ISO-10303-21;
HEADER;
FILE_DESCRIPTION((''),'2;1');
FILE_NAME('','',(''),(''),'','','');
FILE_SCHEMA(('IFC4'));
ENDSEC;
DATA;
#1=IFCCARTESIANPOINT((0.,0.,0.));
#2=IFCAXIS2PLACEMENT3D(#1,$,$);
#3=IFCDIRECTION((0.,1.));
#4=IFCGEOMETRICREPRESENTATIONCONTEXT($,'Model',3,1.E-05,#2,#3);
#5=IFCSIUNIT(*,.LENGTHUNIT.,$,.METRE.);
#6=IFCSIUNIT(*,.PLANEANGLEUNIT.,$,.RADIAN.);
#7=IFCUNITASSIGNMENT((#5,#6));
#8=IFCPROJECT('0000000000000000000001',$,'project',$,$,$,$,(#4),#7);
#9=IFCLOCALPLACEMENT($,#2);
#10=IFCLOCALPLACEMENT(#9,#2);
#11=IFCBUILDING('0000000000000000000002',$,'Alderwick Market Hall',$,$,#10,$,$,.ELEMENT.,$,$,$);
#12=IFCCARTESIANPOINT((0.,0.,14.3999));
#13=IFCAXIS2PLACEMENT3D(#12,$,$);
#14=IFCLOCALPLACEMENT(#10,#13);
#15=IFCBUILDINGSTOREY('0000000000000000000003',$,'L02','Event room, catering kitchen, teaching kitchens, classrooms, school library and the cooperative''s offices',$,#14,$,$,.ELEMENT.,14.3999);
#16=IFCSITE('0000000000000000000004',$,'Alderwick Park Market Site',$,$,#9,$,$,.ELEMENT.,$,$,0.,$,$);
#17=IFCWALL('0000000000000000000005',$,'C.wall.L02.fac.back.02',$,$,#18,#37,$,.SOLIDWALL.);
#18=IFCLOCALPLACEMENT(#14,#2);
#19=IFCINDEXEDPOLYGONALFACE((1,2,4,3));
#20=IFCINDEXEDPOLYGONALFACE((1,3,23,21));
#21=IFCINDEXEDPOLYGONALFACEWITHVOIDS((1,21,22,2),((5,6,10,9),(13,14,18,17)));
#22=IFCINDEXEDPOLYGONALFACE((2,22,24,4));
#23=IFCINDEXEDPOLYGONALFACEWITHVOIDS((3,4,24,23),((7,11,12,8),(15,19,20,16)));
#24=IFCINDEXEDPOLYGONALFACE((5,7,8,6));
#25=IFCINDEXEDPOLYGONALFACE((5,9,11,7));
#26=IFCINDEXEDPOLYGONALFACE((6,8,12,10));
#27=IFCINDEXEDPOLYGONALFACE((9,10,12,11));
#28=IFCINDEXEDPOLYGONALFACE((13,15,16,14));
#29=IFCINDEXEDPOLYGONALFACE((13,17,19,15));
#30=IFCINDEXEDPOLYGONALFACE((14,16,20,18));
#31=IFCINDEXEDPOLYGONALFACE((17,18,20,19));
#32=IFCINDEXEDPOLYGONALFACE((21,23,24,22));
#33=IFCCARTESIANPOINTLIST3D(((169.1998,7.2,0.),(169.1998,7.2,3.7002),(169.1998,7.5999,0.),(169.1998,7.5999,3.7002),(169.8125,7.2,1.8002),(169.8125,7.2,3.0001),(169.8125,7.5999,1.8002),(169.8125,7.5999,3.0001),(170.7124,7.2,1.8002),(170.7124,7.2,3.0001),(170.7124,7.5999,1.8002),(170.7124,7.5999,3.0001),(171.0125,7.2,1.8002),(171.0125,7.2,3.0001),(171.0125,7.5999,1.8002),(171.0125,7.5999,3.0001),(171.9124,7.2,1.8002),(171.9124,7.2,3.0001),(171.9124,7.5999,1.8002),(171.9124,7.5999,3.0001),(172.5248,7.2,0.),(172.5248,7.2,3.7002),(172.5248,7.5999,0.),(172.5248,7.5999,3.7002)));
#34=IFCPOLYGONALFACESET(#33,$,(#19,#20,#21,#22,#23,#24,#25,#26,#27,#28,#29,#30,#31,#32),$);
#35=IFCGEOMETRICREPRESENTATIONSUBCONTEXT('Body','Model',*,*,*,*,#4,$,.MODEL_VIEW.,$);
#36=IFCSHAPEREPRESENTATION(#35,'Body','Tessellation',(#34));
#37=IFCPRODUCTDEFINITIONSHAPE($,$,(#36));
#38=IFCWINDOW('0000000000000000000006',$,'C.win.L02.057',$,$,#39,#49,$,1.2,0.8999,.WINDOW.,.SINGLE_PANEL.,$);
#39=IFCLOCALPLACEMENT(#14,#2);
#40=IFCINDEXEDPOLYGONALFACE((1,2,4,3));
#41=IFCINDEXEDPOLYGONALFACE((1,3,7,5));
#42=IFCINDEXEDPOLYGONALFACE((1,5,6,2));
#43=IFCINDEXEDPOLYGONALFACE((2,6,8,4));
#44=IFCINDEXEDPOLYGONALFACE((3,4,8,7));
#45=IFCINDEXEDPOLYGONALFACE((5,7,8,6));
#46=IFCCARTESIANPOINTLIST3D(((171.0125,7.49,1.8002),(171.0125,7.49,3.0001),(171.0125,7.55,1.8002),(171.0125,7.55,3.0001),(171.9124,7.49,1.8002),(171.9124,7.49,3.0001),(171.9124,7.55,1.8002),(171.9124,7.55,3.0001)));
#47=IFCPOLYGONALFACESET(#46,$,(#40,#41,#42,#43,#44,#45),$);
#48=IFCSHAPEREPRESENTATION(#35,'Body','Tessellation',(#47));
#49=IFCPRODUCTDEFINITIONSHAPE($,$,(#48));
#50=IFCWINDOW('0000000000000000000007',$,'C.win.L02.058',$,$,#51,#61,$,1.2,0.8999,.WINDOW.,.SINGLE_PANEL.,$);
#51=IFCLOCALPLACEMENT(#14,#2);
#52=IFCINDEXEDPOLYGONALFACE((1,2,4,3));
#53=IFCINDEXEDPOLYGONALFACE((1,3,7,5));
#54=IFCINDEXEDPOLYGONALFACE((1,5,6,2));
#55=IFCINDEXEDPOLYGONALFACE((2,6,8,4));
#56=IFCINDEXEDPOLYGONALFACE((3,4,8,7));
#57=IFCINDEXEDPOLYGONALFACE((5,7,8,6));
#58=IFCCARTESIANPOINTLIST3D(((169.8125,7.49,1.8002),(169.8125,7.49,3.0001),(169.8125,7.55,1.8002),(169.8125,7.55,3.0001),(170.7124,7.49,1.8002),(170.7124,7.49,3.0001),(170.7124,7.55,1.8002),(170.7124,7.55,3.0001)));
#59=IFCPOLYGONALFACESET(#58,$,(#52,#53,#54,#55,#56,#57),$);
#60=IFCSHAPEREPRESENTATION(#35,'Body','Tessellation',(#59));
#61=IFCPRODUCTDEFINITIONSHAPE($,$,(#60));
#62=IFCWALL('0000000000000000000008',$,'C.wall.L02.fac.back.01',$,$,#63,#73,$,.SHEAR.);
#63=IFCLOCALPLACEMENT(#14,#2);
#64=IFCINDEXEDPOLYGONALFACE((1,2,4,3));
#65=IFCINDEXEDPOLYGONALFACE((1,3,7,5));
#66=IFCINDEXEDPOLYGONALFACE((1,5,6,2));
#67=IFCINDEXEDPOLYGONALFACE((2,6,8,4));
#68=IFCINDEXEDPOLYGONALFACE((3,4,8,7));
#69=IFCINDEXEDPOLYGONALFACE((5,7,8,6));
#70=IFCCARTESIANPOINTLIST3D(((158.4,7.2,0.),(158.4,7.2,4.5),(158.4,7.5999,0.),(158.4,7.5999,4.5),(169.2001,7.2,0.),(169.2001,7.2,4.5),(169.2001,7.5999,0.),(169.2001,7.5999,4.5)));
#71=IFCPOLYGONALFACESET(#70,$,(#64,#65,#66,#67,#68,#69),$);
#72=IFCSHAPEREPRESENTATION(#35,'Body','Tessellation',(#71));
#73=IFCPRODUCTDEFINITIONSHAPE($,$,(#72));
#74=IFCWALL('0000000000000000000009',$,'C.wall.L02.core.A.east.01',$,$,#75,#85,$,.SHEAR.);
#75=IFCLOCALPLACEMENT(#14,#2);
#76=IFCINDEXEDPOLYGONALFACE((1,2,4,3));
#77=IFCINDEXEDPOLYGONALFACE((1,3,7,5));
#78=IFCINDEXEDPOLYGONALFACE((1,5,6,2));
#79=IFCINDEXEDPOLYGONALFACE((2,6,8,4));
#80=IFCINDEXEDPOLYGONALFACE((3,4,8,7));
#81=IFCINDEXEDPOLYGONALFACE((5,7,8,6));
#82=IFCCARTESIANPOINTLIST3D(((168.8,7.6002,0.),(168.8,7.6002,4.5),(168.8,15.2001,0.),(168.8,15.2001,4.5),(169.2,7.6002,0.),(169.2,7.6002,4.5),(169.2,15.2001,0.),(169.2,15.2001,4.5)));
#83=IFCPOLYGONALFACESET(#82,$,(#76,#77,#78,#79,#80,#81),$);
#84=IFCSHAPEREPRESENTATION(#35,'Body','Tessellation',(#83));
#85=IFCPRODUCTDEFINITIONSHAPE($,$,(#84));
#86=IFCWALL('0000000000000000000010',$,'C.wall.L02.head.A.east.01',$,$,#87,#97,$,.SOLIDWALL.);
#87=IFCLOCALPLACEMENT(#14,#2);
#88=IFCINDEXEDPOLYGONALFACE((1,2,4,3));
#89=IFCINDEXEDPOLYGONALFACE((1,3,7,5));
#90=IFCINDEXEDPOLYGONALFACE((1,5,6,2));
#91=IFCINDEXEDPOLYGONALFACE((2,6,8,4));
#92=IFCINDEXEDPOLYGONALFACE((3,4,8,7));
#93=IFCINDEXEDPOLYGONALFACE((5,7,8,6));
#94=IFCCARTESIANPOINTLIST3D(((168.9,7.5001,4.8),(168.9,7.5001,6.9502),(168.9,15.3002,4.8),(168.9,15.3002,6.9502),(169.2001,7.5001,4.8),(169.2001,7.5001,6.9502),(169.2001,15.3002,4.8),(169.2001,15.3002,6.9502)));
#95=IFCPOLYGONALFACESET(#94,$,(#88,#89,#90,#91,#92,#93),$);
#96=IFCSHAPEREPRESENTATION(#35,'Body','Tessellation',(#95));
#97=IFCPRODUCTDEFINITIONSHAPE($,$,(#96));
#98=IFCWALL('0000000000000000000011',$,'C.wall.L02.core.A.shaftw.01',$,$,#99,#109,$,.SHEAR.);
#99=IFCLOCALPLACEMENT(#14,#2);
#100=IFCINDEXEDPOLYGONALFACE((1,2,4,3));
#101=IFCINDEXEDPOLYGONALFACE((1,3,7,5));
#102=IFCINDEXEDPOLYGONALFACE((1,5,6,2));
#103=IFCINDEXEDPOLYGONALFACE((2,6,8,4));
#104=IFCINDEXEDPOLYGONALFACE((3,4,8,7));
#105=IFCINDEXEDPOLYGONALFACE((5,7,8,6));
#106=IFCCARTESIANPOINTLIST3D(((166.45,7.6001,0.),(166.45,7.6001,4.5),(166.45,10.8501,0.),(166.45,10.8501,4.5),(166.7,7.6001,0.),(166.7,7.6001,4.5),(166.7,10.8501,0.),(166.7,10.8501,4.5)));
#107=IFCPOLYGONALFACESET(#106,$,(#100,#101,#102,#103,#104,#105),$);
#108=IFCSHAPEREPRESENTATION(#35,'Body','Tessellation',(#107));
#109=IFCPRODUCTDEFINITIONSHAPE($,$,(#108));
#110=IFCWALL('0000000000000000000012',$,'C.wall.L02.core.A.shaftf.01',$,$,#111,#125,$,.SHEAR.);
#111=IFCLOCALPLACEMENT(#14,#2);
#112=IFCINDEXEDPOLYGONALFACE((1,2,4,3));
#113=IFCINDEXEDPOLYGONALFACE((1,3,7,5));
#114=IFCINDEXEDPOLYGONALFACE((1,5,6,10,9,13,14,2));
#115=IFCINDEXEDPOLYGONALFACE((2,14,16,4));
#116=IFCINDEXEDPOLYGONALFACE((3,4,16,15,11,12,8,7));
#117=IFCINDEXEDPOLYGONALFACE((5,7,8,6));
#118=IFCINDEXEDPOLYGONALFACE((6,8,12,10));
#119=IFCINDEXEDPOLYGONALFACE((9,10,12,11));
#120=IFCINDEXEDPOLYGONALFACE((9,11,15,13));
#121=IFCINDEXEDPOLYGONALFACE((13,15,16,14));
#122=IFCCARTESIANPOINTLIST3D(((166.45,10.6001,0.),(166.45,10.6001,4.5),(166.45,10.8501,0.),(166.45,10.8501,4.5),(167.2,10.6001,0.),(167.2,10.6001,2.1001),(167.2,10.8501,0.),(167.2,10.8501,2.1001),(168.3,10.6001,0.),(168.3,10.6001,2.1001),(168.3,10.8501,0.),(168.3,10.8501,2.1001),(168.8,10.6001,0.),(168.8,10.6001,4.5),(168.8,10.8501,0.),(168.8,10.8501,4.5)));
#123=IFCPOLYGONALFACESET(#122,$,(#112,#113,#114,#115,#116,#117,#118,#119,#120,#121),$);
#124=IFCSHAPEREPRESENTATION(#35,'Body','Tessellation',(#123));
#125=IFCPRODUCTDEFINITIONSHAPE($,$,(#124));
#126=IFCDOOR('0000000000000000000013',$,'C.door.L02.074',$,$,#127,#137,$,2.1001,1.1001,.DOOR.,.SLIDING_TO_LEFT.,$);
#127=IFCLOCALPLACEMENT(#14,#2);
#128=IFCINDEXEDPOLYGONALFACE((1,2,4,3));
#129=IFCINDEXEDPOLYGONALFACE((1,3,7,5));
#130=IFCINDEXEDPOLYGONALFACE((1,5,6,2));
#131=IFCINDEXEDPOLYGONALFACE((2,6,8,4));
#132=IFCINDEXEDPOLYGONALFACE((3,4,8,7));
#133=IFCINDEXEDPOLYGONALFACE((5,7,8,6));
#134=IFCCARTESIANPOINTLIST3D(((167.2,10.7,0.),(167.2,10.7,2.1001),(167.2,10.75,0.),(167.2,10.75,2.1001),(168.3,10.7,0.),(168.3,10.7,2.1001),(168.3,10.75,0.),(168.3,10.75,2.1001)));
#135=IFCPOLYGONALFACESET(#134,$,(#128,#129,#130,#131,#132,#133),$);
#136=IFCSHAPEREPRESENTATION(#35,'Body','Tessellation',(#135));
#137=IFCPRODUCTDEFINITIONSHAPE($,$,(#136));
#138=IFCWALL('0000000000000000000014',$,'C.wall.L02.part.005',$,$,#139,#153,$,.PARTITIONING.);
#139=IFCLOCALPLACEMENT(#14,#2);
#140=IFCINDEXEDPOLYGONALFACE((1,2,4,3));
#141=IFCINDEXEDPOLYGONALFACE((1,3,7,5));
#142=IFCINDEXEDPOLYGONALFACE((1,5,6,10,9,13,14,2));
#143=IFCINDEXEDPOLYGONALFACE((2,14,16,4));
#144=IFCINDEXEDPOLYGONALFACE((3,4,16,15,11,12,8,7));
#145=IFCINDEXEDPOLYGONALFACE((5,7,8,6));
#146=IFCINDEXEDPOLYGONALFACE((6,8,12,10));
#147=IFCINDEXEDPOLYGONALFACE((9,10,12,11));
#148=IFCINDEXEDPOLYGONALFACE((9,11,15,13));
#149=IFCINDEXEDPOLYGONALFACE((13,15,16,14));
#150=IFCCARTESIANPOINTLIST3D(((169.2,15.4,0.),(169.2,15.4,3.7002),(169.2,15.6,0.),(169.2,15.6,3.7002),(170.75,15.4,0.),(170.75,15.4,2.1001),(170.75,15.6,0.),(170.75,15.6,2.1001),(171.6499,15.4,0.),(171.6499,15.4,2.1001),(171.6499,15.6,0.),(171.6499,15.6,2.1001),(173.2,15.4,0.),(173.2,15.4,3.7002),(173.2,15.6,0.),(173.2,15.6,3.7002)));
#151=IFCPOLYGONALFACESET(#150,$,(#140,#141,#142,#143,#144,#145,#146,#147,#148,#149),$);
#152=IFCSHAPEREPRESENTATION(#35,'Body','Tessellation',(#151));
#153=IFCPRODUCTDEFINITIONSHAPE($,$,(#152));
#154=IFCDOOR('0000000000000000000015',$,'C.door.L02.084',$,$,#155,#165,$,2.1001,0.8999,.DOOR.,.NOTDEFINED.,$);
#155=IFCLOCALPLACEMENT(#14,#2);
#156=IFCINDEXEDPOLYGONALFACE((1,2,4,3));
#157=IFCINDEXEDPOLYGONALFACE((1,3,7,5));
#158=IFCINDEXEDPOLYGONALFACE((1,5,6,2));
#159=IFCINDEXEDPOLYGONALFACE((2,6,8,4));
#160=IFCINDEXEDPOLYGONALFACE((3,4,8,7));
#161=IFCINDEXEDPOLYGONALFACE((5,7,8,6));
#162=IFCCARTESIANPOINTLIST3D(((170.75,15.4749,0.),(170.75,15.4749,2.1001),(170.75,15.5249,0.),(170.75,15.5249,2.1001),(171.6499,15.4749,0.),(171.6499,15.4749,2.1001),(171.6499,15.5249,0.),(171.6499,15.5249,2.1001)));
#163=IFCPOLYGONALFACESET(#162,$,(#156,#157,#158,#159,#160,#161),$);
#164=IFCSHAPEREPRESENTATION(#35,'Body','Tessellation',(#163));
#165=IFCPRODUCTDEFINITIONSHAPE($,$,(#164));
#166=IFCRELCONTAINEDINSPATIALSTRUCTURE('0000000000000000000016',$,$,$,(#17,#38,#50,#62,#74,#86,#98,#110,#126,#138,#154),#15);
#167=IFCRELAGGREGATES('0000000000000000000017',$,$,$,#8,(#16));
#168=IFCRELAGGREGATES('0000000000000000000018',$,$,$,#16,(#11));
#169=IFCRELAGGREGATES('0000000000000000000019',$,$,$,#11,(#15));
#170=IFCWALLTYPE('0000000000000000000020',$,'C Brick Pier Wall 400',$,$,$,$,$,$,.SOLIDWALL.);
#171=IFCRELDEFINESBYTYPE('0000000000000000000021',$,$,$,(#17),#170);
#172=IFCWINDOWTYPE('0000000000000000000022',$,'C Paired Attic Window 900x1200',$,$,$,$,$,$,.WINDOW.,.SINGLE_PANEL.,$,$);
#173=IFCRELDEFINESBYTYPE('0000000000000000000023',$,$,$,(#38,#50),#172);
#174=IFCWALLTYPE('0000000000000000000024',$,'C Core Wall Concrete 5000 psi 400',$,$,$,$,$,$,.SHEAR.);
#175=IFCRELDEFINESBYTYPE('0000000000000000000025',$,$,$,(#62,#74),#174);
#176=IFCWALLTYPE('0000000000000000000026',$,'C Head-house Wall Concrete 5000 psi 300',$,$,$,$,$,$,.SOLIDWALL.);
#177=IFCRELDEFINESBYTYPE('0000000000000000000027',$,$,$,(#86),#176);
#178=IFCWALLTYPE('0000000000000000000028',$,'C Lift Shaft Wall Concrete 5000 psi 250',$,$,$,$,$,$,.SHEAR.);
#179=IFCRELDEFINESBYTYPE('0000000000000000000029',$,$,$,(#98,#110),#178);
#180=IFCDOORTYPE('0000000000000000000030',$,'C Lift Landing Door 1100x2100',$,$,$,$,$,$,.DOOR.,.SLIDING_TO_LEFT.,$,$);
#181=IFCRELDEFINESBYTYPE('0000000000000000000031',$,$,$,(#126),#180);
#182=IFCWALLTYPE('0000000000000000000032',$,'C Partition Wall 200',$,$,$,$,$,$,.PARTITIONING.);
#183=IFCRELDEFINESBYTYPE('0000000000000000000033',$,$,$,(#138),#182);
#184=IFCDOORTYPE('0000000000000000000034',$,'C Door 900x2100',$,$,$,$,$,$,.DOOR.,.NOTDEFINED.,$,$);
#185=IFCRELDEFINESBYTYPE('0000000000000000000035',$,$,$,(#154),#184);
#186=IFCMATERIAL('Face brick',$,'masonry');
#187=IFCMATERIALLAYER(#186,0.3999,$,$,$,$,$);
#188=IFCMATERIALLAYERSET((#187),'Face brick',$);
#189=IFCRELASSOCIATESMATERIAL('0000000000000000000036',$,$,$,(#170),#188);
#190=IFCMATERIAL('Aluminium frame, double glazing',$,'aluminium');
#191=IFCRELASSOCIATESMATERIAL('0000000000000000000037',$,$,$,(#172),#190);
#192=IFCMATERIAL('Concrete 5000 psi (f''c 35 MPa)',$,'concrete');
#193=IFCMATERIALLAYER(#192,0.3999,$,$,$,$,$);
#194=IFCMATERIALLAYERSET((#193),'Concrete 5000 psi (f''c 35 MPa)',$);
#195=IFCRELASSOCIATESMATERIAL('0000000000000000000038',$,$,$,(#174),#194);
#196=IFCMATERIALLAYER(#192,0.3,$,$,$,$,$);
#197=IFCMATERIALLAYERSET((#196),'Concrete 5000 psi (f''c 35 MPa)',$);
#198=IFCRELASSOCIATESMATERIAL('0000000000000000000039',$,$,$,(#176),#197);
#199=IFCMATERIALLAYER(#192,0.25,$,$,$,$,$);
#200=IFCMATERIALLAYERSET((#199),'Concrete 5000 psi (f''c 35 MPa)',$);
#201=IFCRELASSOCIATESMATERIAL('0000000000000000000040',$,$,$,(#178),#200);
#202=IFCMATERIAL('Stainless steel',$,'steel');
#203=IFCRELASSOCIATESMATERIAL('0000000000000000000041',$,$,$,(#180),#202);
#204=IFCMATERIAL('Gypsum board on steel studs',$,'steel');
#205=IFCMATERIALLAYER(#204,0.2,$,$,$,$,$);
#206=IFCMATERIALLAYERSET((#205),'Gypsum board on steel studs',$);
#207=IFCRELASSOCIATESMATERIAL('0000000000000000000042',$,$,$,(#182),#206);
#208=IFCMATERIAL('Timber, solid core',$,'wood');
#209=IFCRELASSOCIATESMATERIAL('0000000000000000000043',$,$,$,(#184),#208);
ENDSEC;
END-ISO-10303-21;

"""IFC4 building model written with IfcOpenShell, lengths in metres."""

from ifc_helpers import new_model, si_unit, direction, frame, frame_2d, origin, place, context, subcontext, project, spatial, rectangle, extrude, material, layer, layer_set, type_object, element, fill, save


model = new_model("IFC4")

# Units and contexts
model_context = context("Model", 3, precision=1e-05, world=origin(), true_north=direction((0.0, 1.0)))
body_context = subcontext(model_context, "Body", "Model", "MODEL_VIEW")
ifc_project = project(units=[si_unit("LENGTHUNIT", "METRE"), si_unit("PLANEANGLEUNIT", "RADIAN")], contexts=[model_context])

# Site, building, storey
site_placement = place(None, origin())
site = spatial("IfcSite", under=ifc_project, at=site_placement, Name="Alderwick Park Market Site", CompositionType="ELEMENT", RefElevation=0.0)
building_placement = place(site_placement, origin())
building = spatial("IfcBuilding", under=site, at=building_placement, Name="Alderwick Market Hall", CompositionType="ELEMENT")
storey_placement = place(building_placement, frame((0.0, 0.0, 14.3999)))
storey = spatial("IfcBuildingStorey", under=building, at=storey_placement, Name="L02", Description="Event room, catering kitchen, teaching kitchens, classrooms, school library and the cooperative's offices", CompositionType="ELEMENT", Elevation=14.3999)

# Shared definitions
ifc_material_1 = material(Name="Concrete 5000 psi (f'c 35 MPa)", Category="concrete")

# Wall, openings, windows
ifc_material_2 = material(Name="Face brick", Category="masonry")
ifc_layer_1 = layer(ifc_material_2, 0.3999)
ifc_layer_set_1 = layer_set([ifc_layer_1], Name="Face brick")
wall_type_1 = type_object("IfcWallType", Name="C Brick Pier Wall 400", PredefinedType="SOLIDWALL", material=ifc_layer_set_1)
wall_1_placement = place(storey_placement, frame((172.5249, 7.3999, 0.0), z_axis=(0.0, 0.0, 1.0), x_axis=(-1.0, 0.0, 0.0)))
wall_1 = element("IfcWall", 1, at=wall_1_placement, inside=storey, type_object=wall_type_1, Name="C.wall.L02.fac.back.02", PredefinedType="SOLIDWALL", context=body_context, shape_type="SweptSolid", body=[
    extrude(rectangle(XDim=3.325, YDim=0.3999, at=frame_2d((1.6626, 0.0))), origin(), (0.0, 0.0, 1.0), 3.7002),
])
opening_1_placement = place(wall_1_placement, frame((0.6125, 0.0, 1.8)))
opening_1 = element("IfcOpeningElement", 2, at=opening_1_placement, cuts=wall_1, PredefinedType="OPENING", context=body_context, shape_type="SweptSolid", body=[
    extrude(rectangle(XDim=0.8999, YDim=1.2, at=frame_2d((0.45, 0.6001))), frame((0.0, 0.21, 0.0), z_axis=(0.0, -1.0, 0.0), x_axis=(1.0, 0.0, 0.0)), (0.0, 0.0, 1.0), 0.4199),
])
opening_2_placement = place(wall_1_placement, frame((1.8125, 0.0, 1.8)))
opening_2 = element("IfcOpeningElement", 3, at=opening_2_placement, cuts=wall_1, PredefinedType="OPENING", context=body_context, shape_type="SweptSolid", body=[
    extrude(rectangle(XDim=0.8999, YDim=1.2, at=frame_2d((0.45, 0.6001))), frame((0.0, 0.21, 0.0), z_axis=(0.0, -1.0, 0.0), x_axis=(1.0, 0.0, 0.0)), (0.0, 0.0, 1.0), 0.4199),
])
ifc_material_3 = material(Name="Aluminium frame, double glazing", Category="aluminium")
window_type = type_object("IfcWindowType", Name="C Paired Attic Window 900x1200", PartitioningType="SINGLE_PANEL", PredefinedType="WINDOW", material=ifc_material_3)
window_1_placement = place(opening_1_placement, origin())
window_1 = element("IfcWindow", 4, at=window_1_placement, inside=storey, type_object=window_type, Name="C.win.L02.057", OverallHeight=1.2, OverallWidth=0.8999, PartitioningType="SINGLE_PANEL", PredefinedType="WINDOW", context=body_context, shape_type="SweptSolid", body=[
    extrude(rectangle(XDim=0.8999, YDim=1.2, at=frame_2d((0.45, 0.6001))), frame((0.0, -0.0901, 0.0), z_axis=(0.0, -1.0, 0.0), x_axis=(1.0, 0.0, 0.0)), (0.0, 0.0, 1.0), 0.0601),
])
fill(opening_1, window_1)
window_2_placement = place(opening_2_placement, origin())
window_2 = element("IfcWindow", 5, at=window_2_placement, inside=storey, type_object=window_type, Name="C.win.L02.058", OverallHeight=1.2, OverallWidth=0.8999, PartitioningType="SINGLE_PANEL", PredefinedType="WINDOW", context=body_context, shape_type="SweptSolid", body=[
    extrude(rectangle(XDim=0.8999, YDim=1.2, at=frame_2d((0.45, 0.6001))), frame((0.0, -0.0901, 0.0), z_axis=(0.0, -1.0, 0.0), x_axis=(1.0, 0.0, 0.0)), (0.0, 0.0, 1.0), 0.0601),
])
fill(opening_2, window_2)

# Walls
ifc_layer_2 = layer(ifc_material_1, 0.3999)
ifc_layer_set_2 = layer_set([ifc_layer_2], Name="Concrete 5000 psi (f'c 35 MPa)")
wall_type_2 = type_object("IfcWallType", Name="C Core Wall Concrete 5000 psi 400", PredefinedType="SHEAR", material=ifc_layer_set_2)
wall_2_placement = place(storey_placement, frame((169.2, 7.3999, 0.0), z_axis=(0.0, 0.0, 1.0), x_axis=(-1.0, 0.0, 0.0)))
element("IfcWall", 6, at=wall_2_placement, inside=storey, type_object=wall_type_2, Name="C.wall.L02.fac.back.01", PredefinedType="SHEAR", context=body_context, shape_type="SweptSolid", body=[
    extrude(rectangle(XDim=10.8, YDim=0.3999, at=frame_2d((5.3999, 0.0))), origin(), (0.0, 0.0, 1.0), 4.5),
])
wall_3_placement = place(storey_placement, frame((169.0, 15.2, 0.0), z_axis=(0.0, 0.0, 1.0), x_axis=(0.0, -1.0, 0.0)))
element("IfcWall", 7, at=wall_3_placement, inside=storey, type_object=wall_type_2, Name="C.wall.L02.core.A.east.01", PredefinedType="SHEAR", context=body_context, shape_type="SweptSolid", body=[
    extrude(rectangle(XDim=7.5999, YDim=0.3999, at=frame_2d((3.7998, 0.0))), origin(), (0.0, 0.0, 1.0), 4.5),
])
ifc_layer_3 = layer(ifc_material_1, 0.3)
ifc_layer_set_3 = layer_set([ifc_layer_3], Name="Concrete 5000 psi (f'c 35 MPa)")
wall_type_3 = type_object("IfcWallType", Name="C Head-house Wall Concrete 5000 psi 300", PredefinedType="SOLIDWALL", material=ifc_layer_set_3)
wall_4_placement = place(storey_placement, frame((169.05, 15.3, 4.8), z_axis=(0.0, 0.0, 1.0), x_axis=(0.0, -1.0, 0.0)))
element("IfcWall", 8, at=wall_4_placement, inside=storey, type_object=wall_type_3, Name="C.wall.L02.head.A.east.01", PredefinedType="SOLIDWALL", context=body_context, shape_type="SweptSolid", body=[
    extrude(rectangle(XDim=7.8, YDim=0.3, at=frame_2d((3.8999, 0.0))), origin(), (0.0, 0.0, 1.0), 2.1501),
])
ifc_layer_4 = layer(ifc_material_1, 0.25)
ifc_layer_set_4 = layer_set([ifc_layer_4], Name="Concrete 5000 psi (f'c 35 MPa)")
wall_type_4 = type_object("IfcWallType", Name="C Lift Shaft Wall Concrete 5000 psi 250", PredefinedType="SHEAR", material=ifc_layer_set_4)
wall_5_placement = place(storey_placement, frame((166.575, 10.8501, 0.0), z_axis=(0.0, 0.0, 1.0), x_axis=(0.0, -1.0, 0.0)))
element("IfcWall", 9, at=wall_5_placement, inside=storey, type_object=wall_type_4, Name="C.wall.L02.core.A.shaftw.01", PredefinedType="SHEAR", context=body_context, shape_type="SweptSolid", body=[
    extrude(rectangle(XDim=3.25, YDim=0.25, at=frame_2d((1.625, 0.0))), origin(), (0.0, 0.0, 1.0), 4.5),
])

# Walls, openings, doors
wall_6_placement = place(storey_placement, frame((166.45, 10.7251, 0.0), z_axis=(0.0, 0.0, 1.0), x_axis=(1.0, 0.0, 0.0)))
wall_6 = element("IfcWall", 10, at=wall_6_placement, inside=storey, type_object=wall_type_4, Name="C.wall.L02.core.A.shaftf.01", PredefinedType="SHEAR", context=body_context, shape_type="SweptSolid", body=[
    extrude(rectangle(XDim=2.3501, YDim=0.25, at=frame_2d((1.175, 0.0))), origin(), (0.0, 0.0, 1.0), 4.5),
])
opening_3_placement = place(wall_6_placement, frame((0.75, 0.0, 0.0)))
opening_3 = element("IfcOpeningElement", 11, at=opening_3_placement, cuts=wall_6, PredefinedType="OPENING", context=body_context, shape_type="SweptSolid", body=[
    extrude(rectangle(XDim=1.1001, YDim=2.1001, at=frame_2d((0.55, 1.05))), frame((0.0, 0.135, 0.0), z_axis=(0.0, -1.0, 0.0), x_axis=(1.0, 0.0, 0.0)), (0.0, 0.0, 1.0), 0.27),
])
ifc_material_4 = material(Name="Stainless steel", Category="steel")
door_type_1 = type_object("IfcDoorType", Name="C Lift Landing Door 1100x2100", OperationType="SLIDING_TO_LEFT", PredefinedType="DOOR", material=ifc_material_4)
door_1_placement = place(opening_3_placement, origin())
door_1 = element("IfcDoor", 12, at=door_1_placement, inside=storey, type_object=door_type_1, Name="C.door.L02.074", OperationType="SLIDING_TO_LEFT", OverallHeight=2.1001, OverallWidth=1.1001, PredefinedType="DOOR", context=body_context, shape_type="SweptSolid", body=[
    extrude(rectangle(XDim=1.1001, YDim=2.1001, at=frame_2d((0.55, 1.05))), frame((0.0, 0.0249, 0.0), z_axis=(0.0, -1.0, 0.0), x_axis=(1.0, 0.0, 0.0)), (0.0, 0.0, 1.0), 0.05),
])
fill(opening_3, door_1)
ifc_material_5 = material(Name="Gypsum board on steel studs", Category="steel")
ifc_layer_5 = layer(ifc_material_5, 0.2)
ifc_layer_set_5 = layer_set([ifc_layer_5], Name="Gypsum board on steel studs")
wall_type_5 = type_object("IfcWallType", Name="C Partition Wall 200", PredefinedType="PARTITIONING", material=ifc_layer_set_5)
wall_7_placement = place(storey_placement, frame((169.2, 15.5, 0.0), z_axis=(0.0, 0.0, 1.0), x_axis=(1.0, 0.0, 0.0)))
wall_7 = element("IfcWall", 13, at=wall_7_placement, inside=storey, type_object=wall_type_5, Name="C.wall.L02.part.005", PredefinedType="PARTITIONING", context=body_context, shape_type="SweptSolid", body=[
    extrude(rectangle(XDim=4.0, YDim=0.2, at=frame_2d((2.0, 0.0))), origin(), (0.0, 0.0, 1.0), 3.7002),
])
opening_4_placement = place(wall_7_placement, frame((1.55, 0.0, 0.0)))
opening_4 = element("IfcOpeningElement", 14, at=opening_4_placement, cuts=wall_7, PredefinedType="OPENING", context=body_context, shape_type="SweptSolid", body=[
    extrude(rectangle(XDim=0.8999, YDim=2.1001, at=frame_2d((0.45, 1.05))), frame((0.0, 0.1099, 0.0), z_axis=(0.0, -1.0, 0.0), x_axis=(1.0, 0.0, 0.0)), (0.0, 0.0, 1.0), 0.22),
])
ifc_material_6 = material(Name="Timber, solid core", Category="wood")
door_type_2 = type_object("IfcDoorType", Name="C Door 900x2100", OperationType="NOTDEFINED", PredefinedType="DOOR", material=ifc_material_6)
door_2_placement = place(opening_4_placement, origin())
door_2 = element("IfcDoor", 15, at=door_2_placement, inside=storey, type_object=door_type_2, Name="C.door.L02.084", OperationType="NOTDEFINED", OverallHeight=2.1001, OverallWidth=0.8999, PredefinedType="DOOR", context=body_context, shape_type="SweptSolid", body=[
    extrude(rectangle(XDim=0.8999, YDim=2.1001, at=frame_2d((0.45, 1.05))), frame((0.0, 0.0249, 0.0), z_axis=(0.0, -1.0, 0.0), x_axis=(1.0, 0.0, 0.0)), (0.0, 0.0, 1.0), 0.05),
])
fill(opening_4, door_2)

save(model, "model.ifc")
